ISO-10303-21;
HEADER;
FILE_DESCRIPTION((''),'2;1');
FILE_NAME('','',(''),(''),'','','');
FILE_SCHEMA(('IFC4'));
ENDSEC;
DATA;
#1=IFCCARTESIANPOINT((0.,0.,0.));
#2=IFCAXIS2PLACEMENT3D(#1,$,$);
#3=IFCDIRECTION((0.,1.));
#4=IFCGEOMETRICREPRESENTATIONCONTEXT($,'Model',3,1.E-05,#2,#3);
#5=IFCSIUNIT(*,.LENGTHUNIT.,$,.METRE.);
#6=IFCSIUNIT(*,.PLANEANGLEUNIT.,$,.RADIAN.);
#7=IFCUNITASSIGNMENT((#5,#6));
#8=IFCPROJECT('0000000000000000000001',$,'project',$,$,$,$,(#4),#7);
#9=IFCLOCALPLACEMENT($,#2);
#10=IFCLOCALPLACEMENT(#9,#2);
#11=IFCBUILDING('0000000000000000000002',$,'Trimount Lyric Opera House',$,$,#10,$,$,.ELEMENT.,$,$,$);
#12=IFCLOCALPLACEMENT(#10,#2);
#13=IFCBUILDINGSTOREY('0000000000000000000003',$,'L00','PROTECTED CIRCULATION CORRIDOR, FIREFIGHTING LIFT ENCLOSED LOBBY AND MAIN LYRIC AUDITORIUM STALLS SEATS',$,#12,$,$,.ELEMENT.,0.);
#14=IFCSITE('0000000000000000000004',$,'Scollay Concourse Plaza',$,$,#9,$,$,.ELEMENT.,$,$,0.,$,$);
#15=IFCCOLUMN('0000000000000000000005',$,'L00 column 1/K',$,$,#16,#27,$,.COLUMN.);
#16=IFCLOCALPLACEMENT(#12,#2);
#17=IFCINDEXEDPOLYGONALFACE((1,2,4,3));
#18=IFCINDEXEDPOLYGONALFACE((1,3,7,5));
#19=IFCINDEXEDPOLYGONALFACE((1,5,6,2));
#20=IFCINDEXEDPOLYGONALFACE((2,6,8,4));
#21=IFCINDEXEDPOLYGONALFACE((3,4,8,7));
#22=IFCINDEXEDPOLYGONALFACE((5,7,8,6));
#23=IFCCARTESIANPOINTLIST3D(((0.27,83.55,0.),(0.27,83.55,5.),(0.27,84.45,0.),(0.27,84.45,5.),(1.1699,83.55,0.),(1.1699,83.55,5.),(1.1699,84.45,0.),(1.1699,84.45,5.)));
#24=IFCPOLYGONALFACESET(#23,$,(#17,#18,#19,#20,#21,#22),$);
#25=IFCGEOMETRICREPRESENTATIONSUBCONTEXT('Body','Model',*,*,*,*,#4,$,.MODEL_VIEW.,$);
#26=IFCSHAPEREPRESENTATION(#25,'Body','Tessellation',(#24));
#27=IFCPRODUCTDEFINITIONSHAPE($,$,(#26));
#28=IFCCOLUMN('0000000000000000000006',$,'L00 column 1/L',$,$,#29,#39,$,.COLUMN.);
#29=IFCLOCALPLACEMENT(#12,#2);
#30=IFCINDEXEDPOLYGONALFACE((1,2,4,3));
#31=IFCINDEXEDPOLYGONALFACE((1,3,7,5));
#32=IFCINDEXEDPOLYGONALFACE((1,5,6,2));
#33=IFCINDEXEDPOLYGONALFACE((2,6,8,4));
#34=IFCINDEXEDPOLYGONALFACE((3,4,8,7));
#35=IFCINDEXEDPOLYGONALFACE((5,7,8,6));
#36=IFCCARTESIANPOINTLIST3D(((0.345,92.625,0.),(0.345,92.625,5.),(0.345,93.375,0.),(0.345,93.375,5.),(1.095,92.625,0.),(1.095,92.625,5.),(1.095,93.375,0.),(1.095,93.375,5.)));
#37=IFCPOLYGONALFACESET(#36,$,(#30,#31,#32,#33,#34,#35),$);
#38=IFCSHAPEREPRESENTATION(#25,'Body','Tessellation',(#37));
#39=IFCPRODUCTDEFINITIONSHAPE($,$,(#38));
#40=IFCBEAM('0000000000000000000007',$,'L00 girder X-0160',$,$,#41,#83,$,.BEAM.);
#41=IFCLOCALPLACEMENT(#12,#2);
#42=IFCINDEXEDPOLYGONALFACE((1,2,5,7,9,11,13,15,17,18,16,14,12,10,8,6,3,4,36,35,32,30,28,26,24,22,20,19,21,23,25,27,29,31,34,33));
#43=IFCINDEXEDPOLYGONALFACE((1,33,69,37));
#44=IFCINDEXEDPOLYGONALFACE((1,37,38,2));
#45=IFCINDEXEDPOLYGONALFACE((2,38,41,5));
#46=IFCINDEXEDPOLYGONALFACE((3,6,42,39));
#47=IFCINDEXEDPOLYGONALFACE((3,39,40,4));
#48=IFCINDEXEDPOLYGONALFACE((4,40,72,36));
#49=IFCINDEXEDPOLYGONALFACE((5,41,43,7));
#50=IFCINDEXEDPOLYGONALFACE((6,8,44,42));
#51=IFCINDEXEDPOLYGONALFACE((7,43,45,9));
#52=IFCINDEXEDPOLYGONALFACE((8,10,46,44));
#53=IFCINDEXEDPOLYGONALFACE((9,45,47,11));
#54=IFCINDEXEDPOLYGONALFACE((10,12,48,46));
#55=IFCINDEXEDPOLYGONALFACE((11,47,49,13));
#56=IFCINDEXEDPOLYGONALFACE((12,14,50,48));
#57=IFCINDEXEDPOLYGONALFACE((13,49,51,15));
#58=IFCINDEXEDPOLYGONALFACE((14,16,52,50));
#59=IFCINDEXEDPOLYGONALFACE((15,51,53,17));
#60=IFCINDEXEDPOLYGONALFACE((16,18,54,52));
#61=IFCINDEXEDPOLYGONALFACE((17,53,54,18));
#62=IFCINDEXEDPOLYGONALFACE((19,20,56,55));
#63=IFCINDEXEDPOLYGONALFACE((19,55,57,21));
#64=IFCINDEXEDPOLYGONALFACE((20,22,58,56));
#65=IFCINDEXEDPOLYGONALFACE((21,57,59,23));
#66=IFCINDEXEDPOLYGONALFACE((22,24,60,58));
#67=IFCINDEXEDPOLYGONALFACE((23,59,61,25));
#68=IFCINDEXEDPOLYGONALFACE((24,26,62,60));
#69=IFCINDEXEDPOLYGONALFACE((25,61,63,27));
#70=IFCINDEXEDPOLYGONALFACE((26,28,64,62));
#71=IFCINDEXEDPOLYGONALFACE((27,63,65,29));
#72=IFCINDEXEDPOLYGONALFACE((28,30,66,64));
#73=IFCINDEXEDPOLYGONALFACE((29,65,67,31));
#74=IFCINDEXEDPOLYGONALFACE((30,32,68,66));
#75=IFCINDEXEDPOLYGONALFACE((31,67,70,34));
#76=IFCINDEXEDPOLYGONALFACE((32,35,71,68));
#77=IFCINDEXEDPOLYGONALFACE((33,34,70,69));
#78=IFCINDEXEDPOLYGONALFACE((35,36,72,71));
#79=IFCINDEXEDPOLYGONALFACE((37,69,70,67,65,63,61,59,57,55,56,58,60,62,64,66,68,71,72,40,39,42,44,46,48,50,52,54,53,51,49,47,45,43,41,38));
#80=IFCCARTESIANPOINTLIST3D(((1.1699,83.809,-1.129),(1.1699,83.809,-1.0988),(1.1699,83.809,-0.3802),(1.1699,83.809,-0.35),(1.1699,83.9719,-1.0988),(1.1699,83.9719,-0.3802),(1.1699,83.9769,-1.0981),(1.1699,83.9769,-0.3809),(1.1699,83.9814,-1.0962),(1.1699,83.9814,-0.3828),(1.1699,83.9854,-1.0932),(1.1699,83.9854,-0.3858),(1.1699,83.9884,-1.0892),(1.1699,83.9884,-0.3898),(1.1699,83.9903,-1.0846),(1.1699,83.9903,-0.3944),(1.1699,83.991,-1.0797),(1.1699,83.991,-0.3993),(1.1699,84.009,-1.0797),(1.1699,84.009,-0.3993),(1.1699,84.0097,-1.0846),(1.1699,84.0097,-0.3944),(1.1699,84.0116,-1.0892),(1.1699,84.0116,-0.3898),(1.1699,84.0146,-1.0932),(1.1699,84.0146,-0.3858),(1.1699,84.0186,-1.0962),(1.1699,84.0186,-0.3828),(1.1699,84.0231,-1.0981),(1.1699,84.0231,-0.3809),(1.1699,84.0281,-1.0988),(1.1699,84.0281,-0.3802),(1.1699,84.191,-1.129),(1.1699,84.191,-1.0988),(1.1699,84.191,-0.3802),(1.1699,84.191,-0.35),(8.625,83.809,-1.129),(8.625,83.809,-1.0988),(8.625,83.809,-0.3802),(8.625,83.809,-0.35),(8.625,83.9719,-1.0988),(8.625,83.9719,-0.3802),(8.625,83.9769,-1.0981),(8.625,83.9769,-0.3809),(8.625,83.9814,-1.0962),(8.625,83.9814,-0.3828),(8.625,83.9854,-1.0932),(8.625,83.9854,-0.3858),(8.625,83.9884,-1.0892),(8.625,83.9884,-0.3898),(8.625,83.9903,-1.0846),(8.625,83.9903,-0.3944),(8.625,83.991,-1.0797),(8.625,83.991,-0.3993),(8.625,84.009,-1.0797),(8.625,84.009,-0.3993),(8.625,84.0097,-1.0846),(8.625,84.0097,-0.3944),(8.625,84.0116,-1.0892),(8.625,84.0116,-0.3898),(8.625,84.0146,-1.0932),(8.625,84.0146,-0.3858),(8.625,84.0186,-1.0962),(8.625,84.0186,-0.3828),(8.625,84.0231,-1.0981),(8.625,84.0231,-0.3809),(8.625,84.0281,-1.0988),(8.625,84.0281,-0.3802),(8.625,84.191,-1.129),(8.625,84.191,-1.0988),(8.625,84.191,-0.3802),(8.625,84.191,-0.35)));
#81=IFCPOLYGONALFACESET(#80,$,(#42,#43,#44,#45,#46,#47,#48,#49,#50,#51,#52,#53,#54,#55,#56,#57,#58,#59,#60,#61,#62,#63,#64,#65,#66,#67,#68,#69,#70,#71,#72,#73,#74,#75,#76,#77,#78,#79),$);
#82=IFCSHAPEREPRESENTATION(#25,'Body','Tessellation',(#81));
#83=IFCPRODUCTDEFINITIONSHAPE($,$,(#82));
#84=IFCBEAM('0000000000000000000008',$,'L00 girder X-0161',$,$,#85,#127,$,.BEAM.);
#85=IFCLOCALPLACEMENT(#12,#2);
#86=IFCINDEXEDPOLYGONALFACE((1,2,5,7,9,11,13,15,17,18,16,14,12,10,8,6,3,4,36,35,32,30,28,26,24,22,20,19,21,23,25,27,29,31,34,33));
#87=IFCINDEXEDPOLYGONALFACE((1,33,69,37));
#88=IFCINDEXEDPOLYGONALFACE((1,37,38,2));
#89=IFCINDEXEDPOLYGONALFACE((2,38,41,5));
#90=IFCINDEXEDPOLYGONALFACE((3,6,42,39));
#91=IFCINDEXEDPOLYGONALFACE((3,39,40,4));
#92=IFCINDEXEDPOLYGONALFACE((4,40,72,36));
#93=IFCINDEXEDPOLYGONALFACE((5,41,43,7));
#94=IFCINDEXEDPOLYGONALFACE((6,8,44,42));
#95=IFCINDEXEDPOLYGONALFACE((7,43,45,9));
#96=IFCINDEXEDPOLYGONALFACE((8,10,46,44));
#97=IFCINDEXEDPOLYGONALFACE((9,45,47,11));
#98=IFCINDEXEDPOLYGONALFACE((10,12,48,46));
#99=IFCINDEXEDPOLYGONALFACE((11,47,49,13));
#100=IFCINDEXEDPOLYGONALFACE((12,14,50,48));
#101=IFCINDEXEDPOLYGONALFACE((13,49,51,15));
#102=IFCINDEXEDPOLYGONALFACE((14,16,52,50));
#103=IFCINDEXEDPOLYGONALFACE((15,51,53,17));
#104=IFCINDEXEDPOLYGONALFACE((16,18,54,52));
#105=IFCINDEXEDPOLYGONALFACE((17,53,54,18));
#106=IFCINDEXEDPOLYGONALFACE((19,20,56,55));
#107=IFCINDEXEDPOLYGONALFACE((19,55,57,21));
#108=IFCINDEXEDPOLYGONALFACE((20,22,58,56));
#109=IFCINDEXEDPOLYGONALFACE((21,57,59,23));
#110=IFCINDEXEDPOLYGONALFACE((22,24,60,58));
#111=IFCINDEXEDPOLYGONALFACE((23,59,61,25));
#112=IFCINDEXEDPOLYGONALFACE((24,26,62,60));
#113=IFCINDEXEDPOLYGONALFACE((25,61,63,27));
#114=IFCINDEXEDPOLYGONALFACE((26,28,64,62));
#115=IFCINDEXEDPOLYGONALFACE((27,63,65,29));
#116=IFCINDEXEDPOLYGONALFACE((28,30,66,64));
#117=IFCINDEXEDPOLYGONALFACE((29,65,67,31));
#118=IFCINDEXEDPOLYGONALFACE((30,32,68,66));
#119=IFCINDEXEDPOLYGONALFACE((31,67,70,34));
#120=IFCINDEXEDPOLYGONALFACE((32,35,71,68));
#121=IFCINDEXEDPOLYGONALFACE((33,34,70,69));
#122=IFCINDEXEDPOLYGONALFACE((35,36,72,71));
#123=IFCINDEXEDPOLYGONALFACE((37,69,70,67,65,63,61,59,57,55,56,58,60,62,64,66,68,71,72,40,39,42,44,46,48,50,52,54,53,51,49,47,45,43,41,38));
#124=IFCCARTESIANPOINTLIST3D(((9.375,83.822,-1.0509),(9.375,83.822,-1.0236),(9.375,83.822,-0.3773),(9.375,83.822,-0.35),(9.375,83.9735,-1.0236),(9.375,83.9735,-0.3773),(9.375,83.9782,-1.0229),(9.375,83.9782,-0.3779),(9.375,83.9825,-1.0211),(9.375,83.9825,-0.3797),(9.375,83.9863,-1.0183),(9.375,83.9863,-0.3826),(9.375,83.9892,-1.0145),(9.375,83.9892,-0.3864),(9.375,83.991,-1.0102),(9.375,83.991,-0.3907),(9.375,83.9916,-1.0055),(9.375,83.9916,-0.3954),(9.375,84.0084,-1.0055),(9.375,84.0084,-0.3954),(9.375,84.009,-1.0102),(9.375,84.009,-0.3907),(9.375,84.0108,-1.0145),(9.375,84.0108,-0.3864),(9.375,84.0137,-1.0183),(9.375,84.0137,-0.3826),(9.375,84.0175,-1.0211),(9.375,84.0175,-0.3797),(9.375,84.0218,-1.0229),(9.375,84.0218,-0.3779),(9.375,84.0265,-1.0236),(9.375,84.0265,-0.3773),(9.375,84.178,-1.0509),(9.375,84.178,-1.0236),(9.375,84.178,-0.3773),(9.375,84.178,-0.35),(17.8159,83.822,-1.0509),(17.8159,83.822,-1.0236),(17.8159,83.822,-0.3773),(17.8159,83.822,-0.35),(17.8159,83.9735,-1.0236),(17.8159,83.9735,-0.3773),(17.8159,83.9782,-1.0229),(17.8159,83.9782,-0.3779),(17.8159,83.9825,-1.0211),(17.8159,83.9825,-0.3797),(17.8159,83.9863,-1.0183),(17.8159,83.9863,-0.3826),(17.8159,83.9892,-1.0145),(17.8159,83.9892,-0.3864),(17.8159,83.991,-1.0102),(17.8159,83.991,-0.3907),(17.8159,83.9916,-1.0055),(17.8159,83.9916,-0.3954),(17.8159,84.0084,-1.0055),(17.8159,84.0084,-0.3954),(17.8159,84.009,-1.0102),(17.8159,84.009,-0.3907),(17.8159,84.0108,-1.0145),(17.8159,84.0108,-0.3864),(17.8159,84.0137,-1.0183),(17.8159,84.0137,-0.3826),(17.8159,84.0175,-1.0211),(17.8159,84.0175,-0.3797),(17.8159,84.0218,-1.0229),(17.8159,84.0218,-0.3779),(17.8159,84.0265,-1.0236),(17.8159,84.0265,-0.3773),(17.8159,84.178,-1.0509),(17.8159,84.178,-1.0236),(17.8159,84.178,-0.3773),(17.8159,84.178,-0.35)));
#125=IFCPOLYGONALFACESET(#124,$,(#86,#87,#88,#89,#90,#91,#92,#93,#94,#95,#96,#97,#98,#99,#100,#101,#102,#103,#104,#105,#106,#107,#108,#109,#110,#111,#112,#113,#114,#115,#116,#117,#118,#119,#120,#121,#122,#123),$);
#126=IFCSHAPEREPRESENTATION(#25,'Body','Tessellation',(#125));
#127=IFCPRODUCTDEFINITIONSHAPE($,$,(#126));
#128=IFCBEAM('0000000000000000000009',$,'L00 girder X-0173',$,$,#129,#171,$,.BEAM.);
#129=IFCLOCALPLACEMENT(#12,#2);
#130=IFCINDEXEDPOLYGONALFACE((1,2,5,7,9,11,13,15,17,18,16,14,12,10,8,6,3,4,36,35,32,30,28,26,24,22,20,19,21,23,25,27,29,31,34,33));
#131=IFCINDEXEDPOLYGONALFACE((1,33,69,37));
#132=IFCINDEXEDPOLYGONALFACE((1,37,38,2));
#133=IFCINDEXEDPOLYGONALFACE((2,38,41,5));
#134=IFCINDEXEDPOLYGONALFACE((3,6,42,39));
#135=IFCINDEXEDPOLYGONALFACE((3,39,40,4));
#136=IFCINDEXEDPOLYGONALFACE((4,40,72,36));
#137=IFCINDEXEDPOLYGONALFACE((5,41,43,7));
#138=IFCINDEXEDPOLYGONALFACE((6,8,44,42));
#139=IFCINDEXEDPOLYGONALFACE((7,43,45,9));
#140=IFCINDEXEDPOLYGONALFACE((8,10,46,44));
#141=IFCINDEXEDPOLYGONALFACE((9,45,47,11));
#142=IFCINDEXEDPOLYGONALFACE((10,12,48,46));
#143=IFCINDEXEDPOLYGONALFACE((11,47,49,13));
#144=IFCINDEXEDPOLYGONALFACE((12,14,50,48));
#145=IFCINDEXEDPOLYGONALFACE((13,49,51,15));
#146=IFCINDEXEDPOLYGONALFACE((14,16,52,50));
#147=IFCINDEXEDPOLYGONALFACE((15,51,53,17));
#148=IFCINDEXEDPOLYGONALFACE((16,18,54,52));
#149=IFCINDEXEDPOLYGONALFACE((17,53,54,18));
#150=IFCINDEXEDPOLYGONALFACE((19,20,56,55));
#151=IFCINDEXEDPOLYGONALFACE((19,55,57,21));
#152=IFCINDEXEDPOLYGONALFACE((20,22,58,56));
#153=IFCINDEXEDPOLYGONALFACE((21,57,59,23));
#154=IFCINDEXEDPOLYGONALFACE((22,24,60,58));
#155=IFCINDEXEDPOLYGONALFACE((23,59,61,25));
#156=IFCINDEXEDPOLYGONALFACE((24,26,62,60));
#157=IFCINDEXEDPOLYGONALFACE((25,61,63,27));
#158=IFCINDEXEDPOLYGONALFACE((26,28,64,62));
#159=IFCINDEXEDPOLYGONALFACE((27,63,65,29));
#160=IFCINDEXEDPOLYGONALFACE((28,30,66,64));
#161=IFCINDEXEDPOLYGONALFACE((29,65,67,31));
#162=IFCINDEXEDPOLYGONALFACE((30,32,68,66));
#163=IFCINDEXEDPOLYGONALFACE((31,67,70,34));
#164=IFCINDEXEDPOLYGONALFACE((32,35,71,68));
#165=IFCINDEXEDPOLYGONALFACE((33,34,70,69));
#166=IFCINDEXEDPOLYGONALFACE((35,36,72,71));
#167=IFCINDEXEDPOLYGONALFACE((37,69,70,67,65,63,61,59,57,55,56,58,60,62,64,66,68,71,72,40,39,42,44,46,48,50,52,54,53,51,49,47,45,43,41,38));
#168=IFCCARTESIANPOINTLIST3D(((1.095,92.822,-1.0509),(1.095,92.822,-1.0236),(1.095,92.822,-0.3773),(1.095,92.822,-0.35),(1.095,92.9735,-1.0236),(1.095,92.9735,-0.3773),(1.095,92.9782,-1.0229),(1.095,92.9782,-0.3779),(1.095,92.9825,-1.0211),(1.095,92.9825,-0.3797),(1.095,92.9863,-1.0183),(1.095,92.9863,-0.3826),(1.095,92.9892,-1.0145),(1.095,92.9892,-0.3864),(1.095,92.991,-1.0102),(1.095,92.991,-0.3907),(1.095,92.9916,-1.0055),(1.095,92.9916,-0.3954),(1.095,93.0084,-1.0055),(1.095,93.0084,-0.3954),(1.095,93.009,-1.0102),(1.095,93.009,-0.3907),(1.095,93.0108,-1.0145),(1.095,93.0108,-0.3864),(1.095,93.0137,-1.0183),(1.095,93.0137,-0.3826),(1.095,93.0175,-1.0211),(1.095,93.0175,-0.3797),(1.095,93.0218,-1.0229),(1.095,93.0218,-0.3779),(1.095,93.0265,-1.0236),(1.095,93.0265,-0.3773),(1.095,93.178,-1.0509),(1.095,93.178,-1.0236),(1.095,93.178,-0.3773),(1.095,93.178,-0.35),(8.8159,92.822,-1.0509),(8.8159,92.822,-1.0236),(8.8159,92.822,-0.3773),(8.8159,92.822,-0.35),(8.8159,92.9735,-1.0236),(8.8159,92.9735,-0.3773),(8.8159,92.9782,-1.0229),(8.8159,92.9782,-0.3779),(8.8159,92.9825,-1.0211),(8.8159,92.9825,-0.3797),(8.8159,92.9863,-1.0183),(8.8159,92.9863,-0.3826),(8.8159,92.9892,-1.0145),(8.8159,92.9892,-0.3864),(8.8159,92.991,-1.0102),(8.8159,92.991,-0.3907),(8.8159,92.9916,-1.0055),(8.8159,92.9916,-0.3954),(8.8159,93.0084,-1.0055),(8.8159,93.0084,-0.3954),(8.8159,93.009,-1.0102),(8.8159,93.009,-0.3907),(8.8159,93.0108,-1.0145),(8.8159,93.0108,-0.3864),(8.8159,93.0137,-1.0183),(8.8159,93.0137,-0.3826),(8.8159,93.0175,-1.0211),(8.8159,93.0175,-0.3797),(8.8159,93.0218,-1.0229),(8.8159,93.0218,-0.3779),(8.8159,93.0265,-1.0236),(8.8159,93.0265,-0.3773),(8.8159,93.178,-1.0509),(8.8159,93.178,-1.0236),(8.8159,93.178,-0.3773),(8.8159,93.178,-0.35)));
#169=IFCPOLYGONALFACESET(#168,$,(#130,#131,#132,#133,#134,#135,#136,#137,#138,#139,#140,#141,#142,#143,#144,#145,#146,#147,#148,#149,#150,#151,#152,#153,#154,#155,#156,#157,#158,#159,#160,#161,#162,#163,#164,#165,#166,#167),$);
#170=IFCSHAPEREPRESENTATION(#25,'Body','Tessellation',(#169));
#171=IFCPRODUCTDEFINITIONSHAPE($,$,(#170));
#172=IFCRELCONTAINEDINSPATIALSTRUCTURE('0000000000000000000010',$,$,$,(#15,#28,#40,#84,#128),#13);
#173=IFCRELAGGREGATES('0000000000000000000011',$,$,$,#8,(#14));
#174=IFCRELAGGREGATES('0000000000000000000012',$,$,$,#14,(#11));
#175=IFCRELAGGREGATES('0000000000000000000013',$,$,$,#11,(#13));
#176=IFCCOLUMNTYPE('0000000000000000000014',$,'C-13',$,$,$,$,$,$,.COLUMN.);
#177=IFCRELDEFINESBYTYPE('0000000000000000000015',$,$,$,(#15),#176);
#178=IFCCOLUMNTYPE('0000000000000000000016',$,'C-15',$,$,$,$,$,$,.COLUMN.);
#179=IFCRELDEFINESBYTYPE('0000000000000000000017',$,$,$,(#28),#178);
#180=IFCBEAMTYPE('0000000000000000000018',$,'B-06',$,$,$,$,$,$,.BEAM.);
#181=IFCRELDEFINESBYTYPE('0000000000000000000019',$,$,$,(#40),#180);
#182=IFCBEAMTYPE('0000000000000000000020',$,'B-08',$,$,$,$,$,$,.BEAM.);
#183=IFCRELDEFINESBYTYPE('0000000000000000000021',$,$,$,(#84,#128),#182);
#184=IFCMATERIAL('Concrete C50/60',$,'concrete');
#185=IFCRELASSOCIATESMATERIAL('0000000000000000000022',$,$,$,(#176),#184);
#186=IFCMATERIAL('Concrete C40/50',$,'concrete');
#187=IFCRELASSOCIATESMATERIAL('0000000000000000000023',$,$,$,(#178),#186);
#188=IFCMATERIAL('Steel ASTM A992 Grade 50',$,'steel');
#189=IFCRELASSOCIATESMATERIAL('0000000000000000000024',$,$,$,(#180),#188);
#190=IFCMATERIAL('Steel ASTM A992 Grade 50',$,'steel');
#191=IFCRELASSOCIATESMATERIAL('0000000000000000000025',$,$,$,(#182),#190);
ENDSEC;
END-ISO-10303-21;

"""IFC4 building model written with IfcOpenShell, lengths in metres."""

from ifc_helpers import new_model, si_unit, direction, frame, origin, origin_2d, place, context, subcontext, project, spatial, rectangle, i_section, extrude, material, material_profile, profile_set, type_object, element, save


model = new_model("IFC4")

# Units and contexts
model_context = context("Model", 3, precision=1e-05, world=origin(), true_north=direction((0.0, 1.0)))
body_context = subcontext(model_context, "Body", "Model", "MODEL_VIEW")
ifc_project = project(units=[si_unit("LENGTHUNIT", "METRE"), si_unit("PLANEANGLEUNIT", "RADIAN")], contexts=[model_context])

# Site, building, storey
site_placement = place(None, origin())
site = spatial("IfcSite", under=ifc_project, at=site_placement, Name="Scollay Concourse Plaza", CompositionType="ELEMENT", RefElevation=0.0)
building_placement = place(site_placement, origin())
building = spatial("IfcBuilding", under=site, at=building_placement, Name="Trimount Lyric Opera House", CompositionType="ELEMENT")
storey_placement = place(building_placement, origin())
storey = spatial("IfcBuildingStorey", under=building, at=storey_placement, Name="L00", Description="PROTECTED CIRCULATION CORRIDOR, FIREFIGHTING LIFT ENCLOSED LOBBY AND MAIN LYRIC AUDITORIUM STALLS SEATS", CompositionType="ELEMENT", Elevation=0.0)

# Columns
ifc_material_1 = material(Name="Concrete C50/60", Category="concrete")
ifc_material_profile_1 = material_profile(ifc_material_1, rectangle(XDim=0.8999, YDim=0.8999, at=origin_2d()), Name="RC900X900")
ifc_profile_set_1 = profile_set([ifc_material_profile_1], Name="Concrete C50/60")
column_type_1 = type_object("IfcColumnType", Name="C-13", PredefinedType="COLUMN", material=ifc_profile_set_1)
column_1_placement = place(storey_placement, frame((0.72, 84.0, 0.0), z_axis=(0.0, 0.0, 1.0), x_axis=(1.0, 0.0, 0.0)))
element("IfcColumn", 1, at=column_1_placement, inside=storey, type_object=column_type_1, Name="L00 column 1/K", PredefinedType="COLUMN", context=body_context, shape_type="SweptSolid", body=[
    extrude(rectangle(XDim=0.8999, YDim=0.8999, at=origin_2d()), origin(), (0.0, 0.0, 1.0), 5.0),
])
ifc_material_2 = material(Name="Concrete C40/50", Category="concrete")
ifc_material_profile_2 = material_profile(ifc_material_2, rectangle(XDim=0.75, YDim=0.75, at=origin_2d()), Name="RC750X750")
ifc_profile_set_2 = profile_set([ifc_material_profile_2], Name="Concrete C40/50")
column_type_2 = type_object("IfcColumnType", Name="C-15", PredefinedType="COLUMN", material=ifc_profile_set_2)
column_2_placement = place(storey_placement, frame((0.72, 93.0, 0.0), z_axis=(0.0, 0.0, 1.0), x_axis=(1.0, 0.0, 0.0)))
element("IfcColumn", 2, at=column_2_placement, inside=storey, type_object=column_type_2, Name="L00 column 1/L", PredefinedType="COLUMN", context=body_context, shape_type="SweptSolid", body=[
    extrude(rectangle(XDim=0.75, YDim=0.75, at=origin_2d()), origin(), (0.0, 0.0, 1.0), 5.0),
])

# Beams
ifc_material_3 = material(Name="Steel ASTM A992 Grade 50", Category="steel")
ifc_material_profile_3 = material_profile(ifc_material_3, i_section(OverallWidth=0.3821, OverallDepth=0.7791, WebThickness=0.0181, FlangeThickness=0.0303, FilletRadius=0.019, at=origin_2d()), Name="W30X191")
ifc_profile_set_3 = profile_set([ifc_material_profile_3], Name="Steel ASTM A992 Grade 50")
beam_type_1 = type_object("IfcBeamType", Name="B-06", PredefinedType="BEAM", material=ifc_profile_set_3)
beam_1_placement = place(storey_placement, frame((1.1699, 84.0, -0.7395), z_axis=(1.0, 0.0, 0.0), x_axis=(0.0, 1.0, 0.0)))
element("IfcBeam", 3, at=beam_1_placement, inside=storey, type_object=beam_type_1, Name="L00 girder X-0160", PredefinedType="BEAM", context=body_context, shape_type="SweptSolid", body=[
    extrude(i_section(OverallWidth=0.3821, OverallDepth=0.7791, WebThickness=0.0181, FlangeThickness=0.0303, FilletRadius=0.019, at=origin_2d()), origin(), (0.0, 0.0, 1.0), 7.4551),
])
ifc_material_4 = material(Name="Steel ASTM A992 Grade 50", Category="steel")
ifc_material_profile_4 = material_profile(ifc_material_4, i_section(OverallWidth=0.356, OverallDepth=0.7009, WebThickness=0.0168, FlangeThickness=0.0273, FilletRadius=0.0181, at=origin_2d()), Name="W27X161")
ifc_profile_set_4 = profile_set([ifc_material_profile_4], Name="Steel ASTM A992 Grade 50")
beam_type_2 = type_object("IfcBeamType", Name="B-08", PredefinedType="BEAM", material=ifc_profile_set_4)
beam_2_placement = place(storey_placement, frame((9.375, 84.0, -0.7004), z_axis=(1.0, 0.0, 0.0), x_axis=(0.0, 1.0, 0.0)))
element("IfcBeam", 4, at=beam_2_placement, inside=storey, type_object=beam_type_2, Name="L00 girder X-0161", PredefinedType="BEAM", context=body_context, shape_type="SweptSolid", body=[
    extrude(i_section(OverallWidth=0.356, OverallDepth=0.7009, WebThickness=0.0168, FlangeThickness=0.0273, FilletRadius=0.0181, at=origin_2d()), origin(), (0.0, 0.0, 1.0), 8.4409),
])
beam_3_placement = place(storey_placement, frame((1.095, 93.0, -0.7004), z_axis=(1.0, 0.0, 0.0), x_axis=(0.0, 1.0, 0.0)))
element("IfcBeam", 5, at=beam_3_placement, inside=storey, type_object=beam_type_2, Name="L00 girder X-0173", PredefinedType="BEAM", context=body_context, shape_type="SweptSolid", body=[
    extrude(i_section(OverallWidth=0.356, OverallDepth=0.7009, WebThickness=0.0168, FlangeThickness=0.0273, FilletRadius=0.0181, at=origin_2d()), origin(), (0.0, 0.0, 1.0), 7.7209),
])

save(model, "model.ifc")
